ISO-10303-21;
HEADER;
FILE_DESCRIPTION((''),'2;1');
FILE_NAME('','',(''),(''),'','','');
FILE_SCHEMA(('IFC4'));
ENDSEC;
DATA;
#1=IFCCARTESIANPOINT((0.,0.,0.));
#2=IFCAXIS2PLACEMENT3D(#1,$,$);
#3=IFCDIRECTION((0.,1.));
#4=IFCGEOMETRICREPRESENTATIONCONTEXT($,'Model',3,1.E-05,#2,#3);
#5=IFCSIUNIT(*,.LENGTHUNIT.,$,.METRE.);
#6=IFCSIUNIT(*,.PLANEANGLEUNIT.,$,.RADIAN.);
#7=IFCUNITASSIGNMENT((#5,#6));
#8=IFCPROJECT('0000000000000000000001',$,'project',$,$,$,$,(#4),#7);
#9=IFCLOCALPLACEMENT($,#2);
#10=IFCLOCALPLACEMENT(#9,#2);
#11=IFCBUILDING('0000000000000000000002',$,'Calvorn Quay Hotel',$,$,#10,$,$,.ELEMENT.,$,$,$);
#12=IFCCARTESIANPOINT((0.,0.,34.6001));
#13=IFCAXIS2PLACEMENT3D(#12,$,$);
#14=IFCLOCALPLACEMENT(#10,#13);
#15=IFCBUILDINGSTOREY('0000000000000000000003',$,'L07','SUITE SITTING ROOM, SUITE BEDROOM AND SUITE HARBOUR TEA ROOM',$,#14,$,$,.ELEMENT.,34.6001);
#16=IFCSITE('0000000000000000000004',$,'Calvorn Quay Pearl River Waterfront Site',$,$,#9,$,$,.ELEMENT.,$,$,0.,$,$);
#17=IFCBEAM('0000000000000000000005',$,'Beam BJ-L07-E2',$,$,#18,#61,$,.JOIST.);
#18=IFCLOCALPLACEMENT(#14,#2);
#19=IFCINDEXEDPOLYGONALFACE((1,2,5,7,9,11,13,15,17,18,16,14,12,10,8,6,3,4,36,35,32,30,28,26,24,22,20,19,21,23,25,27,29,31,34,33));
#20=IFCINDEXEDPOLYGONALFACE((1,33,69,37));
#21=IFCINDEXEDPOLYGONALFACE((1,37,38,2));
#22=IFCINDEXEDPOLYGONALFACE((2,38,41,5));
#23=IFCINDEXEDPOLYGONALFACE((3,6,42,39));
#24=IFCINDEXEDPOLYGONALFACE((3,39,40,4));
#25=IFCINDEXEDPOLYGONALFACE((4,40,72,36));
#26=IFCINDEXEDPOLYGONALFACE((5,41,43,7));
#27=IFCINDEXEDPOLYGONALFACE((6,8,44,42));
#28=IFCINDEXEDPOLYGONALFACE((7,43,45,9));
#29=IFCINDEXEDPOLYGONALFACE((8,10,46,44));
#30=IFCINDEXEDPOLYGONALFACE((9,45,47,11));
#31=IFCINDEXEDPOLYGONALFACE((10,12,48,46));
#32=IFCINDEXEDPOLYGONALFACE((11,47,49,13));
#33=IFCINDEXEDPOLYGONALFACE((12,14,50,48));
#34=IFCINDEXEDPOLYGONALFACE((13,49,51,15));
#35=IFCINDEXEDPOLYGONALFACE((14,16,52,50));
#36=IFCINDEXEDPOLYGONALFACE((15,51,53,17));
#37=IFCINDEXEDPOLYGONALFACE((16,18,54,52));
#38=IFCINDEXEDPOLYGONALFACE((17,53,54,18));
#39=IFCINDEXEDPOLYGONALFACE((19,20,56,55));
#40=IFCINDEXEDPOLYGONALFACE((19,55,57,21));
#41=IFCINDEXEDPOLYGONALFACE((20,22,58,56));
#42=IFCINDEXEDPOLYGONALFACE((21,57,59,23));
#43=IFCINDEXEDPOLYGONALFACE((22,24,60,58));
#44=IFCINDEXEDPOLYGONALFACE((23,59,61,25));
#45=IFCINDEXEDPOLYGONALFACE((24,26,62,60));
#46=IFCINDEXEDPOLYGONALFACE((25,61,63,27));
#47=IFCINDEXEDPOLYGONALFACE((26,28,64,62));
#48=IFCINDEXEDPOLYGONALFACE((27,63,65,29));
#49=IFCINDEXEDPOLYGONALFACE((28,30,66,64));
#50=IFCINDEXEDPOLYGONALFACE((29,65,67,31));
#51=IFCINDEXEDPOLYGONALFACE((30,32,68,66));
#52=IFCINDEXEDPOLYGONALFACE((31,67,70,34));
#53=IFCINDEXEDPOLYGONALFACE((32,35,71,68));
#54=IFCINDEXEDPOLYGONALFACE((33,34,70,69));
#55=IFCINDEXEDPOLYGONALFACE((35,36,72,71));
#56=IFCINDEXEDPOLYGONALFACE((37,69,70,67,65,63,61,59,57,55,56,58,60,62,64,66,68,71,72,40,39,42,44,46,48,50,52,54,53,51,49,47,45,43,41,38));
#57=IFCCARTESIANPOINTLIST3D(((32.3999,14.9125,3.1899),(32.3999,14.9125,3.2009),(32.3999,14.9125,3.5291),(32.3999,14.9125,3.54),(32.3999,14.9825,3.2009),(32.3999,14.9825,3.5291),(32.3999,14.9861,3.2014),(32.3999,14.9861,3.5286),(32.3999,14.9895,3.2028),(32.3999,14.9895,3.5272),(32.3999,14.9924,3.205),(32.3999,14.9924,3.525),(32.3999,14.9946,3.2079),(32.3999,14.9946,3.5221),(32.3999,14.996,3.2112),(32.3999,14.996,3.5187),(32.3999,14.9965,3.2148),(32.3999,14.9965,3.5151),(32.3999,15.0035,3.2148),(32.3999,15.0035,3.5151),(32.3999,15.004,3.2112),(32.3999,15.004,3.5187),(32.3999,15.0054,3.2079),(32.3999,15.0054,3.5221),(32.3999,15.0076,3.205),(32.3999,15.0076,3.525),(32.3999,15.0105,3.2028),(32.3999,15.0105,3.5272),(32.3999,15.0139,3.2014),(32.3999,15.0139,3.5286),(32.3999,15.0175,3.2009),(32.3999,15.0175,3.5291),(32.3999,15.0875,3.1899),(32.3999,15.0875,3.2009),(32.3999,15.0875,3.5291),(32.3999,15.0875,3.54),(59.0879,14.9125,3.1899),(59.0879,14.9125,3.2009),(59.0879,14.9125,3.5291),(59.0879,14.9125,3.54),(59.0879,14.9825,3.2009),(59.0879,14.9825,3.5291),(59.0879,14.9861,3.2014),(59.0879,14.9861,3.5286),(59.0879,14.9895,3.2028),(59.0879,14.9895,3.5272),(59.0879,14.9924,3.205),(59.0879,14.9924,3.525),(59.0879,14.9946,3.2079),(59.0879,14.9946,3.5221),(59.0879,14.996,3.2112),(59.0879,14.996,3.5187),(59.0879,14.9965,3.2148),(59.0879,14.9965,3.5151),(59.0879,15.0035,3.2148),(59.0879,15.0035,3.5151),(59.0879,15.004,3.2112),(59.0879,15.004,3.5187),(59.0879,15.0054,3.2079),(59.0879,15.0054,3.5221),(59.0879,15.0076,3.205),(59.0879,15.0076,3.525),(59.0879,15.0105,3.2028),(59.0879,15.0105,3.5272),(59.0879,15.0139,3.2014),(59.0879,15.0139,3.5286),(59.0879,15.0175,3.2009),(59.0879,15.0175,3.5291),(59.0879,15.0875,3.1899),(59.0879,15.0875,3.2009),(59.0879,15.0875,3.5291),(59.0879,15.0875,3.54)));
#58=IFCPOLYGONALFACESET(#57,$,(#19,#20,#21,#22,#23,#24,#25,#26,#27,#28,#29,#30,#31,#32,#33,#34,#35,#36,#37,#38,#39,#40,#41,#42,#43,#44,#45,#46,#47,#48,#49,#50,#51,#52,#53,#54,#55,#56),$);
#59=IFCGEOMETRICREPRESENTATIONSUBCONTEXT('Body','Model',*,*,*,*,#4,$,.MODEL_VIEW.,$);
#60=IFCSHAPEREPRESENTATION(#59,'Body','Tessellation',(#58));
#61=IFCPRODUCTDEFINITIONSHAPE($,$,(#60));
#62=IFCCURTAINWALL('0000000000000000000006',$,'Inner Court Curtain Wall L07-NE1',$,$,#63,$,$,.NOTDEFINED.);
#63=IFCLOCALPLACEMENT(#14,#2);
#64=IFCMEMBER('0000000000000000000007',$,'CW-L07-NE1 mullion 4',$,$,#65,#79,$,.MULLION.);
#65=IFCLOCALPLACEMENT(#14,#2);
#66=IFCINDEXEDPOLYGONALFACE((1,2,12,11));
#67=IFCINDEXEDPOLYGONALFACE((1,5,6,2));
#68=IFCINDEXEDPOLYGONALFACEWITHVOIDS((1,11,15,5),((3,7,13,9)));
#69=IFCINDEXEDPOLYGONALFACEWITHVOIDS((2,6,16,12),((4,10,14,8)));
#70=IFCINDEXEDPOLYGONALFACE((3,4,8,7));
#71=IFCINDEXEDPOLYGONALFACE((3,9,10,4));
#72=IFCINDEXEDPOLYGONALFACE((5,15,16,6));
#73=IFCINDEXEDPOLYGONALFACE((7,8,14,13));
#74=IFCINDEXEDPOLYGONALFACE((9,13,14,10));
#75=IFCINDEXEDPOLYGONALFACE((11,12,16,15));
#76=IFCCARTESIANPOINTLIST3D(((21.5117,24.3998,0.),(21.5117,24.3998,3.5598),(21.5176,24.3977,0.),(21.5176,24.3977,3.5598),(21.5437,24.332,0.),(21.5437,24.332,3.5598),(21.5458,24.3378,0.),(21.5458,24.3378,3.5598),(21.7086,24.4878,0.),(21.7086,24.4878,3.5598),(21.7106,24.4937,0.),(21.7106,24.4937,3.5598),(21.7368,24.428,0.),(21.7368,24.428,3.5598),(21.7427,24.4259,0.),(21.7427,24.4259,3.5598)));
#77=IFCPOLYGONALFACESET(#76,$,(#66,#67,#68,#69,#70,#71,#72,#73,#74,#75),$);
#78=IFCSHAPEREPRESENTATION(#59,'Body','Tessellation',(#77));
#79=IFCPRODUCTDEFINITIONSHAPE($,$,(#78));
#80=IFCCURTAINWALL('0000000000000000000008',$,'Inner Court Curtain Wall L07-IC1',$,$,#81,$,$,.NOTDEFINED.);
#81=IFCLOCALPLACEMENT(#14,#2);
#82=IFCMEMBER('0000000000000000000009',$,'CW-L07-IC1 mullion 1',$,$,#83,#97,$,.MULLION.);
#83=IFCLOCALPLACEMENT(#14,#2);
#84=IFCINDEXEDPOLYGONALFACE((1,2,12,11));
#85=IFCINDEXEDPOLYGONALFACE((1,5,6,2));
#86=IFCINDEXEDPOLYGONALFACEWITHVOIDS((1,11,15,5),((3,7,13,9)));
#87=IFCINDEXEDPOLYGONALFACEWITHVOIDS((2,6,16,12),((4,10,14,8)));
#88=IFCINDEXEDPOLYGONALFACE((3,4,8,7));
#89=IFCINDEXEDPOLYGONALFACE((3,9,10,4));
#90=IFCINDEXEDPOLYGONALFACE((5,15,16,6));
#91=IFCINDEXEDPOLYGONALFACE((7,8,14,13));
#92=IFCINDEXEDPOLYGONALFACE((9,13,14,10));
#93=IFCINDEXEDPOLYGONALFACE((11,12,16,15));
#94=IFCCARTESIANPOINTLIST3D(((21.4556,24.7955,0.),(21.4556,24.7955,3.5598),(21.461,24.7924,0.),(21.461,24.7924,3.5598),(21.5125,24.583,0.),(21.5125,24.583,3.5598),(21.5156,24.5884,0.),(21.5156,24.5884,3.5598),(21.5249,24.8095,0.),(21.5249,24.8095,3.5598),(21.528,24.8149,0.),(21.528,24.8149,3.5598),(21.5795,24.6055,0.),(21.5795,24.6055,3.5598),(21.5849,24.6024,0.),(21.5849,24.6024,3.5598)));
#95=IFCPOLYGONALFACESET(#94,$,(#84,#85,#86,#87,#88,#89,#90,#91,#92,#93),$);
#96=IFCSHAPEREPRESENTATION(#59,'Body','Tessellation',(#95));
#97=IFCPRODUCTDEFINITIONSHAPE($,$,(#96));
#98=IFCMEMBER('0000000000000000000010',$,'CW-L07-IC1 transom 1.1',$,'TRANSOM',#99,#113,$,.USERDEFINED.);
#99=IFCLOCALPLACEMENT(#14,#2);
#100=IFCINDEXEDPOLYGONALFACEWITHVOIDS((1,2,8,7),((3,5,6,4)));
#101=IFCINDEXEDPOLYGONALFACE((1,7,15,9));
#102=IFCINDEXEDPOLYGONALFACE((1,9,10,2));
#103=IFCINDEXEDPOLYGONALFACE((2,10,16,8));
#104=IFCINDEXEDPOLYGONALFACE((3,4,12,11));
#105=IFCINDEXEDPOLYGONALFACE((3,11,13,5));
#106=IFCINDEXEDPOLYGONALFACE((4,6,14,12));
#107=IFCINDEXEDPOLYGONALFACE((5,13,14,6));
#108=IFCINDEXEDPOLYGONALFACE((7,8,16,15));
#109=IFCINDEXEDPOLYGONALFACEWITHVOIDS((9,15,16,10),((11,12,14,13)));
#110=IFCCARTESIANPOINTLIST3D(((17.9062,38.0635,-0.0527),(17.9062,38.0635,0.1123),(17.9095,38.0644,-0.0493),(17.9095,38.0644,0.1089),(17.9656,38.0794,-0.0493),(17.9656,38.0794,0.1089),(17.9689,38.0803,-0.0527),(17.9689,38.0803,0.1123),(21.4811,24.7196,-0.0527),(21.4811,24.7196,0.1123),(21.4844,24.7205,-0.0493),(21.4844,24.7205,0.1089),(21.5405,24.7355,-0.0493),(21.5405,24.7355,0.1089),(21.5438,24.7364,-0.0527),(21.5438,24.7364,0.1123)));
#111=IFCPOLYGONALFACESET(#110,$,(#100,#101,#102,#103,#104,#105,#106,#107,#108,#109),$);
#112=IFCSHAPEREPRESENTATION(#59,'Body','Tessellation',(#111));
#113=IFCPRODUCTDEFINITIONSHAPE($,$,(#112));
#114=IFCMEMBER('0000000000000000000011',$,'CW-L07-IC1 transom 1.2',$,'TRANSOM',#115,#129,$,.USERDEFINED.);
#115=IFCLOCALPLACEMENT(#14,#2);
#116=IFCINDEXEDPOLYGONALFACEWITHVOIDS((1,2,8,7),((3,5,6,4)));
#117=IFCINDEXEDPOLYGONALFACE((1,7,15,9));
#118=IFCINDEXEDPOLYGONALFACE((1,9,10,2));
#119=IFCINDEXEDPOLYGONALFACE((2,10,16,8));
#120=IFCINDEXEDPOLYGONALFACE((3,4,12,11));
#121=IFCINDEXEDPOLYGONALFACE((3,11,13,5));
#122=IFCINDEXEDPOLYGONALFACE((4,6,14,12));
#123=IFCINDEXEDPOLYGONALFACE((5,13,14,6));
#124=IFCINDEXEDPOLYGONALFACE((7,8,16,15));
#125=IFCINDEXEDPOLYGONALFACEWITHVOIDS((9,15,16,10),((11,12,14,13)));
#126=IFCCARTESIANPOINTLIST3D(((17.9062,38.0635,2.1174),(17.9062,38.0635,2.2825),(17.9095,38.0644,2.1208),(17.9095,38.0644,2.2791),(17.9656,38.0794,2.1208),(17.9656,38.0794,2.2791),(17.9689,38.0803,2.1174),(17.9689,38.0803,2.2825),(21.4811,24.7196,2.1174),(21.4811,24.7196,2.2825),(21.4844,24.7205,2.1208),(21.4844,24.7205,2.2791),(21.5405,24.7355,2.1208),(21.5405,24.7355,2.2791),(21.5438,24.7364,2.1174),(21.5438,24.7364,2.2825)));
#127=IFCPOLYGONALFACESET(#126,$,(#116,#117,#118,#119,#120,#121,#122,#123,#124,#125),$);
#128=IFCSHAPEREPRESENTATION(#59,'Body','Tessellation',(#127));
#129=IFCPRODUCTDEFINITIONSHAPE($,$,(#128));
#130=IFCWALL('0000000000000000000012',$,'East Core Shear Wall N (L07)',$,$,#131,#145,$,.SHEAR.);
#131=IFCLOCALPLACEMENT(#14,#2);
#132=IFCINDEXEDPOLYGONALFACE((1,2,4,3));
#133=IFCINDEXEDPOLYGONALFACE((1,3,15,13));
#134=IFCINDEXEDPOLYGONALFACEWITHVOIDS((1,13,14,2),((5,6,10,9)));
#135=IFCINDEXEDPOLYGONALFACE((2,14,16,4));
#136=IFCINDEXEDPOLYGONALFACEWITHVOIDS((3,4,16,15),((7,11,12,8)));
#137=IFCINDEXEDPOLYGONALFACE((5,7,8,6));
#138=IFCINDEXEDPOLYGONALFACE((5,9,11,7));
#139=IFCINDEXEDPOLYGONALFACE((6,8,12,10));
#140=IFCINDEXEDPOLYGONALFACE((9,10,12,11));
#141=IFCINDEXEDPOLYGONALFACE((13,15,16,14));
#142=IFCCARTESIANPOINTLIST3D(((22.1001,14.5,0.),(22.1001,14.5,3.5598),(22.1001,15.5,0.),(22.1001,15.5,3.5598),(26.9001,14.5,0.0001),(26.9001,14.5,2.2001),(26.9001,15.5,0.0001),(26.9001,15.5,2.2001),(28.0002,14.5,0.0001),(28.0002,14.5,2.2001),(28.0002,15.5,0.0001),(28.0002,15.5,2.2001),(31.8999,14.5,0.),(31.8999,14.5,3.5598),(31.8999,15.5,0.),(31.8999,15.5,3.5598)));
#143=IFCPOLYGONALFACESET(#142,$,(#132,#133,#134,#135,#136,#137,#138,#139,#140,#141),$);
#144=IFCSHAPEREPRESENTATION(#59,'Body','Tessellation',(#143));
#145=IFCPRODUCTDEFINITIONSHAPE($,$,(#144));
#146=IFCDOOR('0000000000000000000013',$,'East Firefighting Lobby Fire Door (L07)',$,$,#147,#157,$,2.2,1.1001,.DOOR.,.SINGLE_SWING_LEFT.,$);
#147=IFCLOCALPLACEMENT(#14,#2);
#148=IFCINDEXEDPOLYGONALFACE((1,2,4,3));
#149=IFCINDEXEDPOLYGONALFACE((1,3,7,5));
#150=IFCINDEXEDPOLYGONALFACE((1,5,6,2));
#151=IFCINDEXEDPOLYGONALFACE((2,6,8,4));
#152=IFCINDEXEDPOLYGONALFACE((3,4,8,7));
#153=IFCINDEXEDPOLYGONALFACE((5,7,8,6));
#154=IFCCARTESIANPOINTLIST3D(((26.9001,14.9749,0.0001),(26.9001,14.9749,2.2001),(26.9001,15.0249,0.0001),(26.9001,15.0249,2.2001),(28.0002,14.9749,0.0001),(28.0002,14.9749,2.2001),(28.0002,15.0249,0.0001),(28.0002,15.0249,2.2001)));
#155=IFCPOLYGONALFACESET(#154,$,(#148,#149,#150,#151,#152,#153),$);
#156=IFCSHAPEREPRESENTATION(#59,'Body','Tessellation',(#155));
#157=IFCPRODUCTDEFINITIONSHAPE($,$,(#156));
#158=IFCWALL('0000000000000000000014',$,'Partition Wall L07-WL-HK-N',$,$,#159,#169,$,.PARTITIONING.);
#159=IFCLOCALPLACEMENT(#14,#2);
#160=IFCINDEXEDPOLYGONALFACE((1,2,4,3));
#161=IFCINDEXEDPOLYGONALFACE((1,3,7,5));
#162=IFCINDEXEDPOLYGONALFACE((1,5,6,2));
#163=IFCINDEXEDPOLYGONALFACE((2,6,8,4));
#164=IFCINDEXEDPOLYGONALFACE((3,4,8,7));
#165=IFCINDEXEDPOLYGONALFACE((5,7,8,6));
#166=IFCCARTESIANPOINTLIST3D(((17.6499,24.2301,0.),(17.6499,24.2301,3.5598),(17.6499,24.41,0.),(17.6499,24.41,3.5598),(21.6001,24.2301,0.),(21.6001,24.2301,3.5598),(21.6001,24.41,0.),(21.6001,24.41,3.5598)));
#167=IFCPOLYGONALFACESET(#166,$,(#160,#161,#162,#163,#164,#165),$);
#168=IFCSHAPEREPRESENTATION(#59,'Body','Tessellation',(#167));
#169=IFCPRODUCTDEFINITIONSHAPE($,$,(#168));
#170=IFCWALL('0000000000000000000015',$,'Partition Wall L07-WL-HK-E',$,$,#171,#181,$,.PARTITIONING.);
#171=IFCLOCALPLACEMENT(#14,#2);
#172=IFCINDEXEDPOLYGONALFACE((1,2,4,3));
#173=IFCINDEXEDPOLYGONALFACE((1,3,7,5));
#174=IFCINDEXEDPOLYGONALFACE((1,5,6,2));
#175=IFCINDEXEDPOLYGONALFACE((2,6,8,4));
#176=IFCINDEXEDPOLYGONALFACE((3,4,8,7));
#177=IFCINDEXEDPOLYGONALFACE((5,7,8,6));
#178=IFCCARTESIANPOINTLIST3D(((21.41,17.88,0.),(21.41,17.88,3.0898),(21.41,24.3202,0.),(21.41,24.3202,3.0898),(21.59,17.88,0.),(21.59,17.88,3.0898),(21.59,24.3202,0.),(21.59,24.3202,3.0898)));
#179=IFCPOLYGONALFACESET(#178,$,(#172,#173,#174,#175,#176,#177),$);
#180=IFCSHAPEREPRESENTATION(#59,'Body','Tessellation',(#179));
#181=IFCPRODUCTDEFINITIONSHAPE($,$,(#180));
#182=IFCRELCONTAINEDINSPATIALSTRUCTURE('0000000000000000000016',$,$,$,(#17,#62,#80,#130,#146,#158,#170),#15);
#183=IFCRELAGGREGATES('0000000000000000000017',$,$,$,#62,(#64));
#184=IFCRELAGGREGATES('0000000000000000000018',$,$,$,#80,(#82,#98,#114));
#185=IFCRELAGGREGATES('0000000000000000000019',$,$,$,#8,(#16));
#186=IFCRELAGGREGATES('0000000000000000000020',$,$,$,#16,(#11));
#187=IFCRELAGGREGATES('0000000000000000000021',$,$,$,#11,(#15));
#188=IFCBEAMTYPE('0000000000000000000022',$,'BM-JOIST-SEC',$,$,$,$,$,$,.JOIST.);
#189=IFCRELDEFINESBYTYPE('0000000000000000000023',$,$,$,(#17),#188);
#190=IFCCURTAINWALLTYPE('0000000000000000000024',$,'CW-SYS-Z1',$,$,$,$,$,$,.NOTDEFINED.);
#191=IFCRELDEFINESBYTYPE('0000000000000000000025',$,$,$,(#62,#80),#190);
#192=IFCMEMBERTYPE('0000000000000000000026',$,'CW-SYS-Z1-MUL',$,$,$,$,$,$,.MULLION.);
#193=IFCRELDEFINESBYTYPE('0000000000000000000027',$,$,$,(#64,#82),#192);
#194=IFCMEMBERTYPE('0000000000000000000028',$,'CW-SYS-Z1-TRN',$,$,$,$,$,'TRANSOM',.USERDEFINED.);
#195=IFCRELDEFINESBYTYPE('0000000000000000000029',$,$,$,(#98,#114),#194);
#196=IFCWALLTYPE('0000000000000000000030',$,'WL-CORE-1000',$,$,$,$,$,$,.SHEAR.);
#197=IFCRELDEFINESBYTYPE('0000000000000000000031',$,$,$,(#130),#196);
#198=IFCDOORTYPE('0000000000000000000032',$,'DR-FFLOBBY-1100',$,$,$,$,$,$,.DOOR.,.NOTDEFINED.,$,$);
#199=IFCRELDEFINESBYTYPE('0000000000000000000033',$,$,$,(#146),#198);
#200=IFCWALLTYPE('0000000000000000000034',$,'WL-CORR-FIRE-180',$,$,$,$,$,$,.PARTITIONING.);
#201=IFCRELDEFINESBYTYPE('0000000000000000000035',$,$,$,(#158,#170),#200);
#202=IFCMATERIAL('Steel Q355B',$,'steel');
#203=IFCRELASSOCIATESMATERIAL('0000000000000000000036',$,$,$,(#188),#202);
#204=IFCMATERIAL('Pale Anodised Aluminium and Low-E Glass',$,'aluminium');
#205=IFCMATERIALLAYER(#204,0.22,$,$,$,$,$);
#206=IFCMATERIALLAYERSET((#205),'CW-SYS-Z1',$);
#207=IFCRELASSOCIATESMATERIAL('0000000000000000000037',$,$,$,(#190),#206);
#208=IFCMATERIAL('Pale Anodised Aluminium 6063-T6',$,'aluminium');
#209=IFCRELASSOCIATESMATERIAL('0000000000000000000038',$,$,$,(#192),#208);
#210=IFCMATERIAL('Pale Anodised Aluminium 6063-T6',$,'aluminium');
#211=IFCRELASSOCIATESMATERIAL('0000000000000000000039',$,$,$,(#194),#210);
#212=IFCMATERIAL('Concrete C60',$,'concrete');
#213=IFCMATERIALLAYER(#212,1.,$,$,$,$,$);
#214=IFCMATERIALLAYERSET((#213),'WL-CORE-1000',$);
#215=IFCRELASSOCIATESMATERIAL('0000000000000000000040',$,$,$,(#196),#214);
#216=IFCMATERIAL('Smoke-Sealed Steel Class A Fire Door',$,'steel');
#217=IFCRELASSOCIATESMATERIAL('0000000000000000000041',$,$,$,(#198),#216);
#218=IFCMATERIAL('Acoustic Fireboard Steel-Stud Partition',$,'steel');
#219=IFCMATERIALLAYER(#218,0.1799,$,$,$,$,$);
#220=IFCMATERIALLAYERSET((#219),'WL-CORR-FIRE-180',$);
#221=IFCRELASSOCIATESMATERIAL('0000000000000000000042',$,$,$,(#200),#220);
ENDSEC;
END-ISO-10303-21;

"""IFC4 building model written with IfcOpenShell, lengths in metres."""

from ifc_helpers import new_model, si_unit, direction, frame, frame_2d, origin, origin_2d, place, context, subcontext, project, spatial, rectangle, hollow_rectangle, i_section, extrude, material, layer, layer_set, material_profile, profile_set, type_object, element, fill, aggregate, save


model = new_model("IFC4")

# Units and contexts
model_context = context("Model", 3, precision=1e-05, world=origin(), true_north=direction((0.0, 1.0)))
body_context = subcontext(model_context, "Body", "Model", "MODEL_VIEW")
ifc_project = project(units=[si_unit("LENGTHUNIT", "METRE"), si_unit("PLANEANGLEUNIT", "RADIAN")], contexts=[model_context])

# Site, building, storey
site_placement = place(None, origin())
site = spatial("IfcSite", under=ifc_project, at=site_placement, Name="Calvorn Quay Pearl River Waterfront Site", CompositionType="ELEMENT", RefElevation=0.0)
building_placement = place(site_placement, origin())
building = spatial("IfcBuilding", under=site, at=building_placement, Name="Calvorn Quay Hotel", CompositionType="ELEMENT")
storey_placement = place(building_placement, frame((0.0, 0.0, 34.6001)))
storey = spatial("IfcBuildingStorey", under=building, at=storey_placement, Name="L07", Description="SUITE SITTING ROOM, SUITE BEDROOM AND SUITE HARBOUR TEA ROOM", CompositionType="ELEMENT", Elevation=34.6001)

# Beam
ifc_material_1 = material(Name="Steel Q355B", Category="steel")
ifc_material_profile_1 = material_profile(ifc_material_1, i_section(OverallWidth=0.175, OverallDepth=0.3501, WebThickness=0.0071, FlangeThickness=0.011, FilletRadius=0.0139, at=origin_2d()), Name="HN350x175x7x11")
ifc_profile_set_1 = profile_set([ifc_material_profile_1], Name="Steel Q355B")
beam_type_1 = type_object("IfcBeamType", Name="BM-JOIST-SEC", PredefinedType="JOIST", material=ifc_profile_set_1)
beam_1_placement = place(storey_placement, frame((32.3999, 15.0, 3.365), z_axis=(1.0, 0.0, 0.0), x_axis=(0.0, 1.0, 0.0)))
element("IfcBeam", 1, at=beam_1_placement, inside=storey, type_object=beam_type_1, Name="Beam BJ-L07-E2", PredefinedType="JOIST", context=body_context, shape_type="SweptSolid", body=[
    extrude(i_section(OverallWidth=0.175, OverallDepth=0.3501, WebThickness=0.0071, FlangeThickness=0.011, FilletRadius=0.0139, at=origin_2d()), origin(), (0.0, 0.0, 1.0), 26.688),
])

# Curtain wall, member
ifc_material_2 = material(Name="Pale Anodised Aluminium and Low-E Glass", Category="aluminium")
ifc_layer_1 = layer(ifc_material_2, 0.22)
ifc_layer_set_1 = layer_set([ifc_layer_1], Name="CW-SYS-Z1")
curtain_wall_type = type_object("IfcCurtainWallType", Name="CW-SYS-Z1", PredefinedType="NOTDEFINED", material=ifc_layer_set_1)
curtain_wall_1_placement = place(storey_placement, origin())
curtain_wall_1 = element("IfcCurtainWall", 2, at=curtain_wall_1_placement, inside=storey, type_object=curtain_wall_type, Name="Inner Court Curtain Wall L07-NE1", PredefinedType="NOTDEFINED")
ifc_material_3 = material(Name="Pale Anodised Aluminium 6063-T6", Category="aluminium")
ifc_material_profile_2 = material_profile(ifc_material_3, hollow_rectangle(XDim=0.075, YDim=0.22, WallThickness=0.0044, at=origin_2d()), Name="ALU-M220x75x4.5")
ifc_profile_set_2 = profile_set([ifc_material_profile_2], Name="Pale Anodised Aluminium 6063-T6")
member_type_1 = type_object("IfcMemberType", Name="CW-SYS-Z1-MUL", PredefinedType="MULLION", material=ifc_profile_set_2)
member_1_placement = place(storey_placement, frame((21.6272, 24.4128, 0.0), z_axis=(0.0, 0.0, 1.0), x_axis=(0.427006, -0.904249, 0.0)))
member_1 = element("IfcMember", 3, at=member_1_placement, type_object=member_type_1, Name="CW-L07-NE1 mullion 4", PredefinedType="MULLION", context=body_context, shape_type="SweptSolid", body=[
    extrude(hollow_rectangle(XDim=0.075, YDim=0.22, WallThickness=0.0044, at=origin_2d()), origin(), (0.0, 0.0, 1.0), 3.5598),
])
aggregate(curtain_wall_1, [member_1])

# Curtain wall, members
curtain_wall_2_placement = place(storey_placement, origin())
curtain_wall_2 = element("IfcCurtainWall", 4, at=curtain_wall_2_placement, inside=storey, type_object=curtain_wall_type, Name="Inner Court Curtain Wall L07-IC1", PredefinedType="NOTDEFINED")
member_2_placement = place(storey_placement, frame((21.5203, 24.699, 0.0), z_axis=(0.0, 0.0, 1.0), x_axis=(-0.965937, -0.258779, 0.0)))
member_2 = element("IfcMember", 5, at=member_2_placement, type_object=member_type_1, Name="CW-L07-IC1 mullion 1", PredefinedType="MULLION", context=body_context, shape_type="SweptSolid", body=[
    extrude(hollow_rectangle(XDim=0.075, YDim=0.22, WallThickness=0.0044, at=origin_2d()), origin(), (0.0, 0.0, 1.0), 3.5598),
])
ifc_material_4 = material(Name="Pale Anodised Aluminium 6063-T6", Category="aluminium")
ifc_material_profile_3 = material_profile(ifc_material_4, hollow_rectangle(XDim=0.0649, YDim=0.165, WallThickness=0.0034, at=origin_2d()), Name="ALU-T165x65x3.5")
ifc_profile_set_3 = profile_set([ifc_material_profile_3], Name="Pale Anodised Aluminium 6063-T6")
member_type_2 = type_object("IfcMemberType", Name="CW-SYS-Z1-TRN", ElementType="TRANSOM", PredefinedType="USERDEFINED", material=ifc_profile_set_3)
member_3_placement = place(storey_placement, frame((21.5125, 24.728, 0.0298), z_axis=(-0.258781, 0.965936, 0.0), x_axis=(-0.965936, -0.258781, 0.0)))
member_3 = element("IfcMember", 6, at=member_3_placement, type_object=member_type_2, Name="CW-L07-IC1 transom 1.1", ObjectType="TRANSOM", PredefinedType="USERDEFINED", context=body_context, shape_type="SweptSolid", body=[
    extrude(hollow_rectangle(XDim=0.0649, YDim=0.165, WallThickness=0.0034, at=origin_2d()), origin(), (0.0, 0.0, 1.0), 13.8145),
])
member_4_placement = place(storey_placement, frame((21.5125, 24.728, 2.2), z_axis=(-0.258781, 0.965936, 0.0), x_axis=(-0.965936, -0.258781, 0.0)))
member_4 = element("IfcMember", 7, at=member_4_placement, type_object=member_type_2, Name="CW-L07-IC1 transom 1.2", ObjectType="TRANSOM", PredefinedType="USERDEFINED", context=body_context, shape_type="SweptSolid", body=[
    extrude(hollow_rectangle(XDim=0.0649, YDim=0.165, WallThickness=0.0034, at=origin_2d()), origin(), (0.0, 0.0, 1.0), 13.8145),
])
aggregate(curtain_wall_2, [member_2, member_3, member_4])

# Wall, opening, door
ifc_material_5 = material(Name="Concrete C60", Category="concrete")
ifc_layer_2 = layer(ifc_material_5, 1.0)
ifc_layer_set_2 = layer_set([ifc_layer_2], Name="WL-CORE-1000")
wall_type_1 = type_object("IfcWallType", Name="WL-CORE-1000", PredefinedType="SHEAR", material=ifc_layer_set_2)
wall_1_placement = place(storey_placement, frame((22.1001, 15.0, 0.0), z_axis=(0.0, 0.0, 1.0), x_axis=(1.0, 0.0, 0.0)))
wall_1 = element("IfcWall", 8, at=wall_1_placement, inside=storey, type_object=wall_type_1, Name="East Core Shear Wall N (L07)", PredefinedType="SHEAR", context=body_context, shape_type="SweptSolid", body=[
    extrude(rectangle(XDim=9.7998, YDim=1.0, at=frame_2d((4.8999, 0.0))), origin(), (0.0, 0.0, 1.0), 3.5598),
])
opening_1_placement = place(wall_1_placement, frame((4.8, 0.0, 0.0)))
opening_1 = element("IfcOpeningElement", 9, at=opening_1_placement, cuts=wall_1, PredefinedType="OPENING", context=body_context, shape_type="SweptSolid", body=[
    extrude(rectangle(XDim=1.1001, YDim=2.2, at=frame_2d((0.55, 1.1001))), frame((0.0, 0.51, 0.0), z_axis=(0.0, -1.0, 0.0), x_axis=(1.0, 0.0, 0.0)), (0.0, 0.0, 1.0), 1.02),
])
ifc_material_6 = material(Name="Smoke-Sealed Steel Class A Fire Door", Category="steel")
door_type_1 = type_object("IfcDoorType", Name="DR-FFLOBBY-1100", OperationType="NOTDEFINED", PredefinedType="DOOR", material=ifc_material_6)
door_1_placement = place(opening_1_placement, origin())
door_1 = element("IfcDoor", 10, at=door_1_placement, inside=storey, type_object=door_type_1, Name="East Firefighting Lobby Fire Door (L07)", OperationType="SINGLE_SWING_LEFT", OverallHeight=2.2, OverallWidth=1.1001, PredefinedType="DOOR", context=body_context, shape_type="SweptSolid", body=[
    extrude(rectangle(XDim=1.1001, YDim=2.2, at=frame_2d((0.55, 1.1001))), frame((0.0, 0.0249, 0.0), z_axis=(0.0, -1.0, 0.0), x_axis=(1.0, 0.0, 0.0)), (0.0, 0.0, 1.0), 0.05),
])
fill(opening_1, door_1)

# Walls
ifc_material_7 = material(Name="Acoustic Fireboard Steel-Stud Partition", Category="steel")
ifc_layer_3 = layer(ifc_material_7, 0.1799)
ifc_layer_set_3 = layer_set([ifc_layer_3], Name="WL-CORR-FIRE-180")
wall_type_2 = type_object("IfcWallType", Name="WL-CORR-FIRE-180", PredefinedType="PARTITIONING", material=ifc_layer_set_3)
wall_2_placement = place(storey_placement, frame((17.6499, 24.3201, 0.0), z_axis=(0.0, 0.0, 1.0), x_axis=(1.0, 0.0, 0.0)))
element("IfcWall", 11, at=wall_2_placement, inside=storey, type_object=wall_type_2, Name="Partition Wall L07-WL-HK-N", PredefinedType="PARTITIONING", context=body_context, shape_type="SweptSolid", body=[
    extrude(rectangle(XDim=3.9502, YDim=0.1799, at=frame_2d((1.9751, 0.0))), origin(), (0.0, 0.0, 1.0), 3.5598),
])
wall_3_placement = place(storey_placement, frame((21.5, 17.8799, 0.0), z_axis=(0.0, 0.0, 1.0), x_axis=(0.0, 1.0, 0.0)))
element("IfcWall", 12, at=wall_3_placement, inside=storey, type_object=wall_type_2, Name="Partition Wall L07-WL-HK-E", PredefinedType="PARTITIONING", context=body_context, shape_type="SweptSolid", body=[
    extrude(rectangle(XDim=6.4402, YDim=0.1799, at=frame_2d((3.2202, 0.0))), origin(), (0.0, 0.0, 1.0), 3.0898),
])

save(model, "model.ifc")
